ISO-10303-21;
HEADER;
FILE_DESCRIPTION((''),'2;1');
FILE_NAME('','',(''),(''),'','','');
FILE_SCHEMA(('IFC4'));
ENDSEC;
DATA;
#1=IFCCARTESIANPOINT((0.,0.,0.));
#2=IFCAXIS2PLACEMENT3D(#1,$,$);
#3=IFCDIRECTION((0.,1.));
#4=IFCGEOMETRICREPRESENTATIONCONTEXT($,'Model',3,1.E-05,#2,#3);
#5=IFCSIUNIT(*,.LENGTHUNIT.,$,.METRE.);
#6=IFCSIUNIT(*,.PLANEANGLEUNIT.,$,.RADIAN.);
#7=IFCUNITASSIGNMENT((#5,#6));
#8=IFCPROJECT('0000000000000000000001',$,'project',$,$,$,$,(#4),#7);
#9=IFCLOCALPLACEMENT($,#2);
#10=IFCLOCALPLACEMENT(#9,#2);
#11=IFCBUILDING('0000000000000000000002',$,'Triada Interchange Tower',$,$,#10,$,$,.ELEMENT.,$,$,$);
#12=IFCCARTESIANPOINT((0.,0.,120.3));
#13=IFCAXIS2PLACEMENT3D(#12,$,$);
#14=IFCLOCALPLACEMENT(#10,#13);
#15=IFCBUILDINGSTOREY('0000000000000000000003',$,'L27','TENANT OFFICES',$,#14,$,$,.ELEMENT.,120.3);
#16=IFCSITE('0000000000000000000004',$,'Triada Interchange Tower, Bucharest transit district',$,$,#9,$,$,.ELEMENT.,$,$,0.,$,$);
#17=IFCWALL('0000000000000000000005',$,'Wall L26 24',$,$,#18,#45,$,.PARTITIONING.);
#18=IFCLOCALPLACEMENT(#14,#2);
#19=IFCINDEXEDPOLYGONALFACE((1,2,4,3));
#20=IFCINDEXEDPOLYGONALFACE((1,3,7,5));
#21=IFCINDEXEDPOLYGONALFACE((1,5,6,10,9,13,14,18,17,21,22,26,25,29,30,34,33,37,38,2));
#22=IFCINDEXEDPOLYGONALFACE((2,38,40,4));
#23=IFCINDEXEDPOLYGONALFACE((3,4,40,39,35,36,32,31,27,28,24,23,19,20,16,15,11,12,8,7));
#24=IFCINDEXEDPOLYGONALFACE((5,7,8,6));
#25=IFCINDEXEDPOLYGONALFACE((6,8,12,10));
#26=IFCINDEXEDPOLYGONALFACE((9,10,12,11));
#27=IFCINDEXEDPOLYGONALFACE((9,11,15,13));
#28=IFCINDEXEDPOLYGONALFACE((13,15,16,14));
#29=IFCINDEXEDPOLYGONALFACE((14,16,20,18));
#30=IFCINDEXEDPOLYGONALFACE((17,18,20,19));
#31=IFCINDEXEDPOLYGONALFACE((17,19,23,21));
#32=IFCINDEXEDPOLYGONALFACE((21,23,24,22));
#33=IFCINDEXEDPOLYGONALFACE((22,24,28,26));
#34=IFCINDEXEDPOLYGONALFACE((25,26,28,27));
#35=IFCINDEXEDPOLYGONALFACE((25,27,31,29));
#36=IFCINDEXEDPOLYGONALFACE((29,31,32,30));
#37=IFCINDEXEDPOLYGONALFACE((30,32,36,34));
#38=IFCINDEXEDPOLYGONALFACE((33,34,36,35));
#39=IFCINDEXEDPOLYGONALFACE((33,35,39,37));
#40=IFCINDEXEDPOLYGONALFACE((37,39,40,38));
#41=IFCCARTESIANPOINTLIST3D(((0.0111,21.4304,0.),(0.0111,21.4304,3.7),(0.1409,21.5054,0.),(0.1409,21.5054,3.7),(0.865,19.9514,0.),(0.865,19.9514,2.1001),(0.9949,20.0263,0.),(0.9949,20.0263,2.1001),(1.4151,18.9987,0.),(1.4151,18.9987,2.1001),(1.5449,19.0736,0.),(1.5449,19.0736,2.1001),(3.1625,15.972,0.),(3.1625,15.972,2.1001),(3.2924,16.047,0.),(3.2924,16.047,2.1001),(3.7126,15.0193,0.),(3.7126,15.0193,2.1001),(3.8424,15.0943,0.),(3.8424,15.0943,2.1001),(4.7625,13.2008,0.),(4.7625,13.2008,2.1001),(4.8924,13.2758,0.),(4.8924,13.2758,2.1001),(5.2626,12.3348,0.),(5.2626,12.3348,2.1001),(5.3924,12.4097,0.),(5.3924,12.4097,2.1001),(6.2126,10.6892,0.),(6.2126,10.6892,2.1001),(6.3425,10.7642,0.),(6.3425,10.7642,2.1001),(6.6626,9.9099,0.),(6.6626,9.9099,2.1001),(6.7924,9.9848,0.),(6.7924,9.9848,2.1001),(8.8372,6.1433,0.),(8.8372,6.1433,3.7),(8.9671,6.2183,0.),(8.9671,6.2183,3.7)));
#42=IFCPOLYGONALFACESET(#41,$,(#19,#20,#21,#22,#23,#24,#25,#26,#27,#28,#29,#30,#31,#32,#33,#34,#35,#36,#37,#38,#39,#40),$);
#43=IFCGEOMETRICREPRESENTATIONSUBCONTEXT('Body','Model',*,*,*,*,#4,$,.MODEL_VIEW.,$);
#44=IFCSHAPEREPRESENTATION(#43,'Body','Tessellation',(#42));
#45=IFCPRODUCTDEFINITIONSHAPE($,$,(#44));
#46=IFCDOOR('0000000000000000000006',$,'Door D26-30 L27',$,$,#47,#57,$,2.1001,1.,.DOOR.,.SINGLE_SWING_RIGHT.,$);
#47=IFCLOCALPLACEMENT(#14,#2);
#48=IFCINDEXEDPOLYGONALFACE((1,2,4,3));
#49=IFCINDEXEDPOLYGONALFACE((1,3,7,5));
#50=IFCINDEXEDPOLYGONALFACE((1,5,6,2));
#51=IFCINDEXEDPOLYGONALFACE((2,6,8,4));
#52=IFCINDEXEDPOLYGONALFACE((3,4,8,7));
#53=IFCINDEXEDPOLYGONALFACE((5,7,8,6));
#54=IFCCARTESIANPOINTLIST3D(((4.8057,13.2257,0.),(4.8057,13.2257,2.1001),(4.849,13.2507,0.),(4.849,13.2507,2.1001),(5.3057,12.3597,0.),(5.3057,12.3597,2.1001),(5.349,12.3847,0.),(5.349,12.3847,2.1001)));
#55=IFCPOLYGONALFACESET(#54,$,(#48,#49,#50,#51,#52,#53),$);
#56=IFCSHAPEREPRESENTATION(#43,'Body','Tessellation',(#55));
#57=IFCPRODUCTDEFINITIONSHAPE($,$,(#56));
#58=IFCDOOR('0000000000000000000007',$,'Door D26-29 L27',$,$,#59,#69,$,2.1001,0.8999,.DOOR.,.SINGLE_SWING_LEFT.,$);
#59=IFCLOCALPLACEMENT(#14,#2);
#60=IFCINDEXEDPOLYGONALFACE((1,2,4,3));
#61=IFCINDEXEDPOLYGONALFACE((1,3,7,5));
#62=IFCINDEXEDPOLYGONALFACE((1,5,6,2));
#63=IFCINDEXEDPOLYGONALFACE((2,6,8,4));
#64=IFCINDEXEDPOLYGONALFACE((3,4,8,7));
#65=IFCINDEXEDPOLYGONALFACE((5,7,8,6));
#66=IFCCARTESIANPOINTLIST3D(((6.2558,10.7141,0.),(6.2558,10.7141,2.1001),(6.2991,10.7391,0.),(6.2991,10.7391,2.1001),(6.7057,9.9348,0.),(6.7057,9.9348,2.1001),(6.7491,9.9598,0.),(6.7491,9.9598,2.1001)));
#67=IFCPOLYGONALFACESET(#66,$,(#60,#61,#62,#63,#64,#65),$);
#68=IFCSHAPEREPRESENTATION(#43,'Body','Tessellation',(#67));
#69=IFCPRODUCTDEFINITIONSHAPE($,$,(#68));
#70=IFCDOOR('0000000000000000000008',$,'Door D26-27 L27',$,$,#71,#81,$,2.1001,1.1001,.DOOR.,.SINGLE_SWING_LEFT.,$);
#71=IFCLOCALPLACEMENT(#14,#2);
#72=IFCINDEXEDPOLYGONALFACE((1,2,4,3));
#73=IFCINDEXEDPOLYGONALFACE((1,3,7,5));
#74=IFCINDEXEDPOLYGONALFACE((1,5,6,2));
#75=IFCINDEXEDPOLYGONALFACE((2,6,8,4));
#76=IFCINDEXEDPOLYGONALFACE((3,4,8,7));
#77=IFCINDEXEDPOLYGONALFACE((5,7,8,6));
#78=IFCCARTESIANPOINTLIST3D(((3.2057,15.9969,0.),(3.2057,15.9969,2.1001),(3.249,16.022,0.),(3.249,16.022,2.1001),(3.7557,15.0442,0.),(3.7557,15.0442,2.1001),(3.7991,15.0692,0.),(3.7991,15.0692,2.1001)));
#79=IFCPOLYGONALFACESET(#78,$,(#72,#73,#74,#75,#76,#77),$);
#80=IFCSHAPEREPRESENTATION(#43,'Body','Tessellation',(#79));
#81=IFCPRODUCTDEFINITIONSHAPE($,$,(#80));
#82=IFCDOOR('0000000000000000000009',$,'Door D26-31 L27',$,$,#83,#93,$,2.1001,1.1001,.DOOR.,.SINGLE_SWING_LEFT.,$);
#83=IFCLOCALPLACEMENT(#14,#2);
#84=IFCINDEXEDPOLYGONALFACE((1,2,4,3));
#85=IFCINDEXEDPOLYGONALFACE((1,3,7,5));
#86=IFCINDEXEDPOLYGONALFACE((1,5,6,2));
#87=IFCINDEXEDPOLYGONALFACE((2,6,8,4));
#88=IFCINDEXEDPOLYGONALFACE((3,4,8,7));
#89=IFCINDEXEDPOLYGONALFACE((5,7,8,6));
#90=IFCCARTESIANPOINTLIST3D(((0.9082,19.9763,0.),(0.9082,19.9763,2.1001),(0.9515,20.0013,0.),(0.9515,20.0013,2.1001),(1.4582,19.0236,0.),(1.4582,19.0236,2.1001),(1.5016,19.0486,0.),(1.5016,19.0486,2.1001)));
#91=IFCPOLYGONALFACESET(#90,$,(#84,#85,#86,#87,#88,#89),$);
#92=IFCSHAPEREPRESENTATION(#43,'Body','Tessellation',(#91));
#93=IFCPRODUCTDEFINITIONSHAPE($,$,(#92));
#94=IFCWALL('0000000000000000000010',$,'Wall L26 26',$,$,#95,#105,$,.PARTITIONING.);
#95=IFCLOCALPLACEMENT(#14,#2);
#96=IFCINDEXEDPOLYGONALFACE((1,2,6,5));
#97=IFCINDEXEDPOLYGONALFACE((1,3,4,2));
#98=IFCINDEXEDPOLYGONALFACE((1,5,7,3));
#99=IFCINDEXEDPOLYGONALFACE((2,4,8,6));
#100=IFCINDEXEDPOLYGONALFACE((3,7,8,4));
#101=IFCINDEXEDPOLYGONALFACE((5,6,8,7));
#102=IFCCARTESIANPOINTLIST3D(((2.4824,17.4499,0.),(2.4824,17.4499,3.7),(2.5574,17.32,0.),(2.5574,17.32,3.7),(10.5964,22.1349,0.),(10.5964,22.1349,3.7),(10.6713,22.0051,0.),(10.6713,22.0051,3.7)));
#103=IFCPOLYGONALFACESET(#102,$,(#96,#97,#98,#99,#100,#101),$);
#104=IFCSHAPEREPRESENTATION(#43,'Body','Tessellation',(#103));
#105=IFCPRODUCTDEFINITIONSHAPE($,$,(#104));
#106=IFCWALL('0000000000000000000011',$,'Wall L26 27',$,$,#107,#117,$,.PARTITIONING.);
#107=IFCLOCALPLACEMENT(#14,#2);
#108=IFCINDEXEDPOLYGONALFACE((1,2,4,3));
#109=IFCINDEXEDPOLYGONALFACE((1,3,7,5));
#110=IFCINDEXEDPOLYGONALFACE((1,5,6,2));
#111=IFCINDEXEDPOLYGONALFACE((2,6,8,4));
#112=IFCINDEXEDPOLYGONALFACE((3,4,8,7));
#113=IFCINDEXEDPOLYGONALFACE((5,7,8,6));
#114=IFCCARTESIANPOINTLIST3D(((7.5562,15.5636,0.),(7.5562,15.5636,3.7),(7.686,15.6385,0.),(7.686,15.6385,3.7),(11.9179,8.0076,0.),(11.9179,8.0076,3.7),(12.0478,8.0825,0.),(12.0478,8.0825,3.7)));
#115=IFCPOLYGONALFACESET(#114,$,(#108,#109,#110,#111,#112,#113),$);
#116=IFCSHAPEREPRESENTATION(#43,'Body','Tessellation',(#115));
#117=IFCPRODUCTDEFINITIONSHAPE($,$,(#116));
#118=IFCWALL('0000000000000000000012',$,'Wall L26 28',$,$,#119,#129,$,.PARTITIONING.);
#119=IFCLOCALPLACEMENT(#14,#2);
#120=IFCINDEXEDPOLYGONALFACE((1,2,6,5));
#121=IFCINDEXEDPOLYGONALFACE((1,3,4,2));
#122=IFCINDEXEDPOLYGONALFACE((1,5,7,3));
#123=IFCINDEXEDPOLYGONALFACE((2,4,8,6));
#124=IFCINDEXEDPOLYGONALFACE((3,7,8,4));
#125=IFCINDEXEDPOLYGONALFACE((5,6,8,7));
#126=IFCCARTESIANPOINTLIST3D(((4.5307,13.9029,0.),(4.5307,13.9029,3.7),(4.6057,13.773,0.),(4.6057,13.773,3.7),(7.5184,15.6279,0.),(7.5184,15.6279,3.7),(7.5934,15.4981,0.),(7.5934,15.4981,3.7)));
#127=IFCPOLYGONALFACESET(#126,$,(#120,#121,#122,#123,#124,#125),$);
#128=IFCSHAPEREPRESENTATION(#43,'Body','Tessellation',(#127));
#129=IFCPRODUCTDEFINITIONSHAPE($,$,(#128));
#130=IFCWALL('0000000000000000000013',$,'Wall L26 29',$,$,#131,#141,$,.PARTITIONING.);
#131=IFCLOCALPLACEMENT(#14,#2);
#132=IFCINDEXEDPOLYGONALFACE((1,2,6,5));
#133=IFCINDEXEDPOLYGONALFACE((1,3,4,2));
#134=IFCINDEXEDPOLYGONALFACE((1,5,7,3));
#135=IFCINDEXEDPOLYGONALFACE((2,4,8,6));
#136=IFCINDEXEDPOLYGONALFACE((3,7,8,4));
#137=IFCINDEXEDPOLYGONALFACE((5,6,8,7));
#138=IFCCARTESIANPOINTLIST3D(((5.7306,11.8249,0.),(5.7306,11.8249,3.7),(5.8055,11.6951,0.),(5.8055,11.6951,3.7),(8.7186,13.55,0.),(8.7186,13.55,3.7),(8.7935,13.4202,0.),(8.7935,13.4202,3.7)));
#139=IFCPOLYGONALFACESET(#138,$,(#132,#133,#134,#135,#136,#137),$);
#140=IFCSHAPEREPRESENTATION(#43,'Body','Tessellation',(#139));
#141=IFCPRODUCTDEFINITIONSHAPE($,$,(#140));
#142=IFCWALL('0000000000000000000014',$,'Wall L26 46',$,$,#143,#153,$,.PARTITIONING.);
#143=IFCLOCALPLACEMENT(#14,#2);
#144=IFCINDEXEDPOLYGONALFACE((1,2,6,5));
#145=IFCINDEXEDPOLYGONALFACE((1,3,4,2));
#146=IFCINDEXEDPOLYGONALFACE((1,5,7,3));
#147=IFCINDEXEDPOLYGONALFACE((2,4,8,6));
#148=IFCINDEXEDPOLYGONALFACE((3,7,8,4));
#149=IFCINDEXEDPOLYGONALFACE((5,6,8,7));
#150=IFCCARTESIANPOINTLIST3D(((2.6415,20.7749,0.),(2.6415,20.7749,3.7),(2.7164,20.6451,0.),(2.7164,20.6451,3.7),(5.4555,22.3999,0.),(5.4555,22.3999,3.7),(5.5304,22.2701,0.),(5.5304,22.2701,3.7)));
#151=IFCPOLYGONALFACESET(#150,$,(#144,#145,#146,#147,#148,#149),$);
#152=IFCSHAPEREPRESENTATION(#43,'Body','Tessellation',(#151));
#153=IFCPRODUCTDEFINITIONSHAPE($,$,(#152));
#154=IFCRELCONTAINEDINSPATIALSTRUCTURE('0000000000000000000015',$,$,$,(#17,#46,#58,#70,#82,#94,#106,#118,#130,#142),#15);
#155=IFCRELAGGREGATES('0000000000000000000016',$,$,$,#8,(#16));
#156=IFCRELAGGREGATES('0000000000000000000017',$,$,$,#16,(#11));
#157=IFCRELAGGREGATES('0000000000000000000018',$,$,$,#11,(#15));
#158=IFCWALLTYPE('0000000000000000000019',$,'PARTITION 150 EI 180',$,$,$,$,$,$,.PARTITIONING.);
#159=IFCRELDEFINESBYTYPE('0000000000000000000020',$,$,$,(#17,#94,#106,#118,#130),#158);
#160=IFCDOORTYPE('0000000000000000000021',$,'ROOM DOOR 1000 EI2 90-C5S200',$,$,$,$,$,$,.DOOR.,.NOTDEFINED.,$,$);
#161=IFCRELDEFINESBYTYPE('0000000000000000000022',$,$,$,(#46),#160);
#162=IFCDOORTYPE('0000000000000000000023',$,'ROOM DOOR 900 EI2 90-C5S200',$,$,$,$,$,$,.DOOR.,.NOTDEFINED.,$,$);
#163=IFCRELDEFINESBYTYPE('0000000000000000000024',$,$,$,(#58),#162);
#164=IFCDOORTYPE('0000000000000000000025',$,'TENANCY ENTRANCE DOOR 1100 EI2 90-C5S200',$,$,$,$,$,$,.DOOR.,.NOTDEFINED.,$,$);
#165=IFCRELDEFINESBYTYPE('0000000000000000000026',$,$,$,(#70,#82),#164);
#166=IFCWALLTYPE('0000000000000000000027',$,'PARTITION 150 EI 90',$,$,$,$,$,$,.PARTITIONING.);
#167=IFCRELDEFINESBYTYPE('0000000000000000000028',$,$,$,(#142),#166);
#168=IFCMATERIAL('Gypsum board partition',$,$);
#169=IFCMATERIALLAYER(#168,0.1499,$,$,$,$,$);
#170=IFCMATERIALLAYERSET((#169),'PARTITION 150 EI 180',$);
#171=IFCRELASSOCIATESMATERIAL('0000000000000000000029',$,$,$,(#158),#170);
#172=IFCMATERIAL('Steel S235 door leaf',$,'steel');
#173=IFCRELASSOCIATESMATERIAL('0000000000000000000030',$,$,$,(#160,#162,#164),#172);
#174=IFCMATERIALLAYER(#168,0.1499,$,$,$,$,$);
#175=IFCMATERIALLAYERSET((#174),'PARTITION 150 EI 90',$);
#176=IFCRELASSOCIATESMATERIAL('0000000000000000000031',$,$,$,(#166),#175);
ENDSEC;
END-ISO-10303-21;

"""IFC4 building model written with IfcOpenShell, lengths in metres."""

from ifc_helpers import new_model, si_unit, direction, frame, frame_2d, origin, place, context, subcontext, project, spatial, rectangle, extrude, material, layer, layer_set, type_object, element, fill, save


model = new_model("IFC4")

# Units and contexts
model_context = context("Model", 3, precision=1e-05, world=origin(), true_north=direction((0.0, 1.0)))
body_context = subcontext(model_context, "Body", "Model", "MODEL_VIEW")
ifc_project = project(units=[si_unit("LENGTHUNIT", "METRE"), si_unit("PLANEANGLEUNIT", "RADIAN")], contexts=[model_context])

# Site, building, storey
site_placement = place(None, origin())
site = spatial("IfcSite", under=ifc_project, at=site_placement, Name="Triada Interchange Tower, Bucharest transit district", CompositionType="ELEMENT", RefElevation=0.0)
building_placement = place(site_placement, origin())
building = spatial("IfcBuilding", under=site, at=building_placement, Name="Triada Interchange Tower", CompositionType="ELEMENT")
storey_placement = place(building_placement, frame((0.0, 0.0, 120.3)))
storey = spatial("IfcBuildingStorey", under=building, at=storey_placement, Name="L27", Description="TENANT OFFICES", CompositionType="ELEMENT", Elevation=120.3)

# Shared definitions
ifc_material_1 = material(Name="Steel S235 door leaf", Category="steel")

# Shared definitions
ifc_material_2 = material(Name="Gypsum board partition")
ifc_layer_1 = layer(ifc_material_2, 0.1499)
ifc_layer_set_1 = layer_set([ifc_layer_1], Name="PARTITION 150 EI 180")
wall_type_1 = type_object("IfcWallType", Name="PARTITION 150 EI 180", PredefinedType="PARTITIONING", material=ifc_layer_set_1)

# Wall, openings, doors
wall_1_placement = place(storey_placement, frame((0.0759, 21.468, 0.0), z_axis=(0.0, 0.0, 1.0), x_axis=(0.500007, -0.866022, 0.0)))
wall_1 = element("IfcWall", 1, at=wall_1_placement, inside=storey, type_object=wall_type_1, Name="Wall L26 24", PredefinedType="PARTITIONING", context=body_context, shape_type="SweptSolid", body=[
    extrude(rectangle(XDim=17.6521, YDim=0.1499, at=frame_2d((8.8262, 0.0))), origin(), (0.0, 0.0, 1.0), 3.7),
])
opening_1_placement = place(wall_1_placement, frame((6.303, 0.0, 0.0)))
opening_1 = element("IfcOpeningElement", 2, at=opening_1_placement, cuts=wall_1, PredefinedType="OPENING", context=body_context, shape_type="SweptSolid", body=[
    extrude(rectangle(XDim=1.1001, YDim=2.1001, at=frame_2d((0.55, 1.05))), frame((0.0, 0.085, 0.0), z_axis=(0.0, -1.0, 0.0), x_axis=(1.0, 0.0, 0.0)), (0.0, 0.0, 1.0), 0.1699),
])
opening_2_placement = place(wall_1_placement, frame((12.4031, 0.0, 0.0)))
opening_2 = element("IfcOpeningElement", 3, at=opening_2_placement, cuts=wall_1, PredefinedType="OPENING", context=body_context, shape_type="SweptSolid", body=[
    extrude(rectangle(XDim=0.8999, YDim=2.1001, at=frame_2d((0.45, 1.05))), frame((0.0, 0.085, 0.0), z_axis=(0.0, -1.0, 0.0), x_axis=(1.0, 0.0, 0.0)), (0.0, 0.0, 1.0), 0.1699),
])
opening_3_placement = place(wall_1_placement, frame((9.5029, 0.0, 0.0)))
opening_3 = element("IfcOpeningElement", 4, at=opening_3_placement, cuts=wall_1, PredefinedType="OPENING", context=body_context, shape_type="SweptSolid", body=[
    extrude(rectangle(XDim=1.0, YDim=2.1001, at=frame_2d((0.5, 1.05))), frame((0.0, 0.085, 0.0), z_axis=(0.0, -1.0, 0.0), x_axis=(1.0, 0.0, 0.0)), (0.0, 0.0, 1.0), 0.1699),
])
opening_4_placement = place(wall_1_placement, frame((1.708, 0.0, 0.0)))
opening_4 = element("IfcOpeningElement", 5, at=opening_4_placement, cuts=wall_1, PredefinedType="OPENING", context=body_context, shape_type="SweptSolid", body=[
    extrude(rectangle(XDim=1.1001, YDim=2.1001, at=frame_2d((0.55, 1.05))), frame((0.0, 0.085, 0.0), z_axis=(0.0, -1.0, 0.0), x_axis=(1.0, 0.0, 0.0)), (0.0, 0.0, 1.0), 0.1699),
])
door_type_1 = type_object("IfcDoorType", Name="ROOM DOOR 1000 EI2 90-C5S200", OperationType="NOTDEFINED", PredefinedType="DOOR", material=ifc_material_1)
door_1_placement = place(opening_3_placement, origin())
door_1 = element("IfcDoor", 6, at=door_1_placement, inside=storey, type_object=door_type_1, Name="Door D26-30 L27", OperationType="SINGLE_SWING_RIGHT", OverallHeight=2.1001, OverallWidth=1.0, PredefinedType="DOOR", context=body_context, shape_type="SweptSolid", body=[
    extrude(rectangle(XDim=1.0, YDim=2.1001, at=frame_2d((0.5, 1.05))), frame((0.0, 0.0249, 0.0), z_axis=(0.0, -1.0, 0.0), x_axis=(1.0, 0.0, 0.0)), (0.0, 0.0, 1.0), 0.05),
])
fill(opening_3, door_1)
door_type_2 = type_object("IfcDoorType", Name="ROOM DOOR 900 EI2 90-C5S200", OperationType="NOTDEFINED", PredefinedType="DOOR", material=ifc_material_1)
door_2_placement = place(opening_2_placement, origin())
door_2 = element("IfcDoor", 7, at=door_2_placement, inside=storey, type_object=door_type_2, Name="Door D26-29 L27", OperationType="SINGLE_SWING_LEFT", OverallHeight=2.1001, OverallWidth=0.8999, PredefinedType="DOOR", context=body_context, shape_type="SweptSolid", body=[
    extrude(rectangle(XDim=0.8999, YDim=2.1001, at=frame_2d((0.45, 1.05))), frame((0.0, 0.0249, 0.0), z_axis=(0.0, -1.0, 0.0), x_axis=(1.0, 0.0, 0.0)), (0.0, 0.0, 1.0), 0.05),
])
fill(opening_2, door_2)
door_type_3 = type_object("IfcDoorType", Name="TENANCY ENTRANCE DOOR 1100 EI2 90-C5S200", OperationType="NOTDEFINED", PredefinedType="DOOR", material=ifc_material_1)
door_3_placement = place(opening_1_placement, origin())
door_3 = element("IfcDoor", 8, at=door_3_placement, inside=storey, type_object=door_type_3, Name="Door D26-27 L27", OperationType="SINGLE_SWING_LEFT", OverallHeight=2.1001, OverallWidth=1.1001, PredefinedType="DOOR", context=body_context, shape_type="SweptSolid", body=[
    extrude(rectangle(XDim=1.1001, YDim=2.1001, at=frame_2d((0.55, 1.05))), frame((0.0, 0.0249, 0.0), z_axis=(0.0, -1.0, 0.0), x_axis=(1.0, 0.0, 0.0)), (0.0, 0.0, 1.0), 0.05),
])
fill(opening_1, door_3)
door_4_placement = place(opening_4_placement, origin())
door_4 = element("IfcDoor", 9, at=door_4_placement, inside=storey, type_object=door_type_3, Name="Door D26-31 L27", OperationType="SINGLE_SWING_LEFT", OverallHeight=2.1001, OverallWidth=1.1001, PredefinedType="DOOR", context=body_context, shape_type="SweptSolid", body=[
    extrude(rectangle(XDim=1.1001, YDim=2.1001, at=frame_2d((0.55, 1.05))), frame((0.0, 0.0249, 0.0), z_axis=(0.0, -1.0, 0.0), x_axis=(1.0, 0.0, 0.0)), (0.0, 0.0, 1.0), 0.05),
])
fill(opening_4, door_4)

# Walls
wall_2_placement = place(storey_placement, frame((2.52, 17.385, 0.0), z_axis=(0.0, 0.0, 1.0), x_axis=(0.866006, 0.500034, 0.0)))
element("IfcWall", 10, at=wall_2_placement, inside=storey, type_object=wall_type_1, Name="Wall L26 26", PredefinedType="PARTITIONING", context=body_context, shape_type="SweptSolid", body=[
    extrude(rectangle(XDim=9.3694, YDim=0.1499, at=frame_2d((4.6846, 0.0))), origin(), (0.0, 0.0, 1.0), 3.7),
])
wall_3_placement = place(storey_placement, frame((7.6211, 15.6011, 0.0), z_axis=(0.0, 0.0, 1.0), x_axis=(0.499937, -0.866062, 0.0)))
element("IfcWall", 11, at=wall_3_placement, inside=storey, type_object=wall_type_1, Name="Wall L26 27", PredefinedType="PARTITIONING", context=body_context, shape_type="SweptSolid", body=[
    extrude(rectangle(XDim=8.7246, YDim=0.1499, at=frame_2d((4.3623, 0.0))), origin(), (0.0, 0.0, 1.0), 3.7),
])
wall_4_placement = place(storey_placement, frame((4.5681, 13.8379, 0.0), z_axis=(0.0, 0.0, 1.0), x_axis=(0.866014, 0.500021, 0.0)))
element("IfcWall", 12, at=wall_4_placement, inside=storey, type_object=wall_type_1, Name="Wall L26 28", PredefinedType="PARTITIONING", context=body_context, shape_type="SweptSolid", body=[
    extrude(rectangle(XDim=3.45, YDim=0.1499, at=frame_2d((1.7251, 0.0))), origin(), (0.0, 0.0, 1.0), 3.7),
])
wall_5_placement = place(storey_placement, frame((5.7681, 11.76, 0.0), z_axis=(0.0, 0.0, 1.0), x_axis=(0.866031, 0.49999, 0.0)))
element("IfcWall", 13, at=wall_5_placement, inside=storey, type_object=wall_type_1, Name="Wall L26 29", PredefinedType="PARTITIONING", context=body_context, shape_type="SweptSolid", body=[
    extrude(rectangle(XDim=3.4502, YDim=0.1499, at=frame_2d((1.7251, 0.0))), origin(), (0.0, 0.0, 1.0), 3.7),
])
ifc_layer_2 = layer(ifc_material_2, 0.1499)
ifc_layer_set_2 = layer_set([ifc_layer_2], Name="PARTITION 150 EI 90")
wall_type_2 = type_object("IfcWallType", Name="PARTITION 150 EI 90", PredefinedType="PARTITIONING", material=ifc_layer_set_2)
wall_6_placement = place(storey_placement, frame((2.679, 20.71, 0.0), z_axis=(0.0, 0.0, 1.0), x_axis=(0.865978, 0.500082, 0.0)))
element("IfcWall", 14, at=wall_6_placement, inside=storey, type_object=wall_type_2, Name="Wall L26 46", PredefinedType="PARTITIONING", context=body_context, shape_type="SweptSolid", body=[
    extrude(rectangle(XDim=3.2495, YDim=0.1499, at=frame_2d((1.6248, 0.0))), origin(), (0.0, 0.0, 1.0), 3.7),
])

save(model, "model.ifc")
